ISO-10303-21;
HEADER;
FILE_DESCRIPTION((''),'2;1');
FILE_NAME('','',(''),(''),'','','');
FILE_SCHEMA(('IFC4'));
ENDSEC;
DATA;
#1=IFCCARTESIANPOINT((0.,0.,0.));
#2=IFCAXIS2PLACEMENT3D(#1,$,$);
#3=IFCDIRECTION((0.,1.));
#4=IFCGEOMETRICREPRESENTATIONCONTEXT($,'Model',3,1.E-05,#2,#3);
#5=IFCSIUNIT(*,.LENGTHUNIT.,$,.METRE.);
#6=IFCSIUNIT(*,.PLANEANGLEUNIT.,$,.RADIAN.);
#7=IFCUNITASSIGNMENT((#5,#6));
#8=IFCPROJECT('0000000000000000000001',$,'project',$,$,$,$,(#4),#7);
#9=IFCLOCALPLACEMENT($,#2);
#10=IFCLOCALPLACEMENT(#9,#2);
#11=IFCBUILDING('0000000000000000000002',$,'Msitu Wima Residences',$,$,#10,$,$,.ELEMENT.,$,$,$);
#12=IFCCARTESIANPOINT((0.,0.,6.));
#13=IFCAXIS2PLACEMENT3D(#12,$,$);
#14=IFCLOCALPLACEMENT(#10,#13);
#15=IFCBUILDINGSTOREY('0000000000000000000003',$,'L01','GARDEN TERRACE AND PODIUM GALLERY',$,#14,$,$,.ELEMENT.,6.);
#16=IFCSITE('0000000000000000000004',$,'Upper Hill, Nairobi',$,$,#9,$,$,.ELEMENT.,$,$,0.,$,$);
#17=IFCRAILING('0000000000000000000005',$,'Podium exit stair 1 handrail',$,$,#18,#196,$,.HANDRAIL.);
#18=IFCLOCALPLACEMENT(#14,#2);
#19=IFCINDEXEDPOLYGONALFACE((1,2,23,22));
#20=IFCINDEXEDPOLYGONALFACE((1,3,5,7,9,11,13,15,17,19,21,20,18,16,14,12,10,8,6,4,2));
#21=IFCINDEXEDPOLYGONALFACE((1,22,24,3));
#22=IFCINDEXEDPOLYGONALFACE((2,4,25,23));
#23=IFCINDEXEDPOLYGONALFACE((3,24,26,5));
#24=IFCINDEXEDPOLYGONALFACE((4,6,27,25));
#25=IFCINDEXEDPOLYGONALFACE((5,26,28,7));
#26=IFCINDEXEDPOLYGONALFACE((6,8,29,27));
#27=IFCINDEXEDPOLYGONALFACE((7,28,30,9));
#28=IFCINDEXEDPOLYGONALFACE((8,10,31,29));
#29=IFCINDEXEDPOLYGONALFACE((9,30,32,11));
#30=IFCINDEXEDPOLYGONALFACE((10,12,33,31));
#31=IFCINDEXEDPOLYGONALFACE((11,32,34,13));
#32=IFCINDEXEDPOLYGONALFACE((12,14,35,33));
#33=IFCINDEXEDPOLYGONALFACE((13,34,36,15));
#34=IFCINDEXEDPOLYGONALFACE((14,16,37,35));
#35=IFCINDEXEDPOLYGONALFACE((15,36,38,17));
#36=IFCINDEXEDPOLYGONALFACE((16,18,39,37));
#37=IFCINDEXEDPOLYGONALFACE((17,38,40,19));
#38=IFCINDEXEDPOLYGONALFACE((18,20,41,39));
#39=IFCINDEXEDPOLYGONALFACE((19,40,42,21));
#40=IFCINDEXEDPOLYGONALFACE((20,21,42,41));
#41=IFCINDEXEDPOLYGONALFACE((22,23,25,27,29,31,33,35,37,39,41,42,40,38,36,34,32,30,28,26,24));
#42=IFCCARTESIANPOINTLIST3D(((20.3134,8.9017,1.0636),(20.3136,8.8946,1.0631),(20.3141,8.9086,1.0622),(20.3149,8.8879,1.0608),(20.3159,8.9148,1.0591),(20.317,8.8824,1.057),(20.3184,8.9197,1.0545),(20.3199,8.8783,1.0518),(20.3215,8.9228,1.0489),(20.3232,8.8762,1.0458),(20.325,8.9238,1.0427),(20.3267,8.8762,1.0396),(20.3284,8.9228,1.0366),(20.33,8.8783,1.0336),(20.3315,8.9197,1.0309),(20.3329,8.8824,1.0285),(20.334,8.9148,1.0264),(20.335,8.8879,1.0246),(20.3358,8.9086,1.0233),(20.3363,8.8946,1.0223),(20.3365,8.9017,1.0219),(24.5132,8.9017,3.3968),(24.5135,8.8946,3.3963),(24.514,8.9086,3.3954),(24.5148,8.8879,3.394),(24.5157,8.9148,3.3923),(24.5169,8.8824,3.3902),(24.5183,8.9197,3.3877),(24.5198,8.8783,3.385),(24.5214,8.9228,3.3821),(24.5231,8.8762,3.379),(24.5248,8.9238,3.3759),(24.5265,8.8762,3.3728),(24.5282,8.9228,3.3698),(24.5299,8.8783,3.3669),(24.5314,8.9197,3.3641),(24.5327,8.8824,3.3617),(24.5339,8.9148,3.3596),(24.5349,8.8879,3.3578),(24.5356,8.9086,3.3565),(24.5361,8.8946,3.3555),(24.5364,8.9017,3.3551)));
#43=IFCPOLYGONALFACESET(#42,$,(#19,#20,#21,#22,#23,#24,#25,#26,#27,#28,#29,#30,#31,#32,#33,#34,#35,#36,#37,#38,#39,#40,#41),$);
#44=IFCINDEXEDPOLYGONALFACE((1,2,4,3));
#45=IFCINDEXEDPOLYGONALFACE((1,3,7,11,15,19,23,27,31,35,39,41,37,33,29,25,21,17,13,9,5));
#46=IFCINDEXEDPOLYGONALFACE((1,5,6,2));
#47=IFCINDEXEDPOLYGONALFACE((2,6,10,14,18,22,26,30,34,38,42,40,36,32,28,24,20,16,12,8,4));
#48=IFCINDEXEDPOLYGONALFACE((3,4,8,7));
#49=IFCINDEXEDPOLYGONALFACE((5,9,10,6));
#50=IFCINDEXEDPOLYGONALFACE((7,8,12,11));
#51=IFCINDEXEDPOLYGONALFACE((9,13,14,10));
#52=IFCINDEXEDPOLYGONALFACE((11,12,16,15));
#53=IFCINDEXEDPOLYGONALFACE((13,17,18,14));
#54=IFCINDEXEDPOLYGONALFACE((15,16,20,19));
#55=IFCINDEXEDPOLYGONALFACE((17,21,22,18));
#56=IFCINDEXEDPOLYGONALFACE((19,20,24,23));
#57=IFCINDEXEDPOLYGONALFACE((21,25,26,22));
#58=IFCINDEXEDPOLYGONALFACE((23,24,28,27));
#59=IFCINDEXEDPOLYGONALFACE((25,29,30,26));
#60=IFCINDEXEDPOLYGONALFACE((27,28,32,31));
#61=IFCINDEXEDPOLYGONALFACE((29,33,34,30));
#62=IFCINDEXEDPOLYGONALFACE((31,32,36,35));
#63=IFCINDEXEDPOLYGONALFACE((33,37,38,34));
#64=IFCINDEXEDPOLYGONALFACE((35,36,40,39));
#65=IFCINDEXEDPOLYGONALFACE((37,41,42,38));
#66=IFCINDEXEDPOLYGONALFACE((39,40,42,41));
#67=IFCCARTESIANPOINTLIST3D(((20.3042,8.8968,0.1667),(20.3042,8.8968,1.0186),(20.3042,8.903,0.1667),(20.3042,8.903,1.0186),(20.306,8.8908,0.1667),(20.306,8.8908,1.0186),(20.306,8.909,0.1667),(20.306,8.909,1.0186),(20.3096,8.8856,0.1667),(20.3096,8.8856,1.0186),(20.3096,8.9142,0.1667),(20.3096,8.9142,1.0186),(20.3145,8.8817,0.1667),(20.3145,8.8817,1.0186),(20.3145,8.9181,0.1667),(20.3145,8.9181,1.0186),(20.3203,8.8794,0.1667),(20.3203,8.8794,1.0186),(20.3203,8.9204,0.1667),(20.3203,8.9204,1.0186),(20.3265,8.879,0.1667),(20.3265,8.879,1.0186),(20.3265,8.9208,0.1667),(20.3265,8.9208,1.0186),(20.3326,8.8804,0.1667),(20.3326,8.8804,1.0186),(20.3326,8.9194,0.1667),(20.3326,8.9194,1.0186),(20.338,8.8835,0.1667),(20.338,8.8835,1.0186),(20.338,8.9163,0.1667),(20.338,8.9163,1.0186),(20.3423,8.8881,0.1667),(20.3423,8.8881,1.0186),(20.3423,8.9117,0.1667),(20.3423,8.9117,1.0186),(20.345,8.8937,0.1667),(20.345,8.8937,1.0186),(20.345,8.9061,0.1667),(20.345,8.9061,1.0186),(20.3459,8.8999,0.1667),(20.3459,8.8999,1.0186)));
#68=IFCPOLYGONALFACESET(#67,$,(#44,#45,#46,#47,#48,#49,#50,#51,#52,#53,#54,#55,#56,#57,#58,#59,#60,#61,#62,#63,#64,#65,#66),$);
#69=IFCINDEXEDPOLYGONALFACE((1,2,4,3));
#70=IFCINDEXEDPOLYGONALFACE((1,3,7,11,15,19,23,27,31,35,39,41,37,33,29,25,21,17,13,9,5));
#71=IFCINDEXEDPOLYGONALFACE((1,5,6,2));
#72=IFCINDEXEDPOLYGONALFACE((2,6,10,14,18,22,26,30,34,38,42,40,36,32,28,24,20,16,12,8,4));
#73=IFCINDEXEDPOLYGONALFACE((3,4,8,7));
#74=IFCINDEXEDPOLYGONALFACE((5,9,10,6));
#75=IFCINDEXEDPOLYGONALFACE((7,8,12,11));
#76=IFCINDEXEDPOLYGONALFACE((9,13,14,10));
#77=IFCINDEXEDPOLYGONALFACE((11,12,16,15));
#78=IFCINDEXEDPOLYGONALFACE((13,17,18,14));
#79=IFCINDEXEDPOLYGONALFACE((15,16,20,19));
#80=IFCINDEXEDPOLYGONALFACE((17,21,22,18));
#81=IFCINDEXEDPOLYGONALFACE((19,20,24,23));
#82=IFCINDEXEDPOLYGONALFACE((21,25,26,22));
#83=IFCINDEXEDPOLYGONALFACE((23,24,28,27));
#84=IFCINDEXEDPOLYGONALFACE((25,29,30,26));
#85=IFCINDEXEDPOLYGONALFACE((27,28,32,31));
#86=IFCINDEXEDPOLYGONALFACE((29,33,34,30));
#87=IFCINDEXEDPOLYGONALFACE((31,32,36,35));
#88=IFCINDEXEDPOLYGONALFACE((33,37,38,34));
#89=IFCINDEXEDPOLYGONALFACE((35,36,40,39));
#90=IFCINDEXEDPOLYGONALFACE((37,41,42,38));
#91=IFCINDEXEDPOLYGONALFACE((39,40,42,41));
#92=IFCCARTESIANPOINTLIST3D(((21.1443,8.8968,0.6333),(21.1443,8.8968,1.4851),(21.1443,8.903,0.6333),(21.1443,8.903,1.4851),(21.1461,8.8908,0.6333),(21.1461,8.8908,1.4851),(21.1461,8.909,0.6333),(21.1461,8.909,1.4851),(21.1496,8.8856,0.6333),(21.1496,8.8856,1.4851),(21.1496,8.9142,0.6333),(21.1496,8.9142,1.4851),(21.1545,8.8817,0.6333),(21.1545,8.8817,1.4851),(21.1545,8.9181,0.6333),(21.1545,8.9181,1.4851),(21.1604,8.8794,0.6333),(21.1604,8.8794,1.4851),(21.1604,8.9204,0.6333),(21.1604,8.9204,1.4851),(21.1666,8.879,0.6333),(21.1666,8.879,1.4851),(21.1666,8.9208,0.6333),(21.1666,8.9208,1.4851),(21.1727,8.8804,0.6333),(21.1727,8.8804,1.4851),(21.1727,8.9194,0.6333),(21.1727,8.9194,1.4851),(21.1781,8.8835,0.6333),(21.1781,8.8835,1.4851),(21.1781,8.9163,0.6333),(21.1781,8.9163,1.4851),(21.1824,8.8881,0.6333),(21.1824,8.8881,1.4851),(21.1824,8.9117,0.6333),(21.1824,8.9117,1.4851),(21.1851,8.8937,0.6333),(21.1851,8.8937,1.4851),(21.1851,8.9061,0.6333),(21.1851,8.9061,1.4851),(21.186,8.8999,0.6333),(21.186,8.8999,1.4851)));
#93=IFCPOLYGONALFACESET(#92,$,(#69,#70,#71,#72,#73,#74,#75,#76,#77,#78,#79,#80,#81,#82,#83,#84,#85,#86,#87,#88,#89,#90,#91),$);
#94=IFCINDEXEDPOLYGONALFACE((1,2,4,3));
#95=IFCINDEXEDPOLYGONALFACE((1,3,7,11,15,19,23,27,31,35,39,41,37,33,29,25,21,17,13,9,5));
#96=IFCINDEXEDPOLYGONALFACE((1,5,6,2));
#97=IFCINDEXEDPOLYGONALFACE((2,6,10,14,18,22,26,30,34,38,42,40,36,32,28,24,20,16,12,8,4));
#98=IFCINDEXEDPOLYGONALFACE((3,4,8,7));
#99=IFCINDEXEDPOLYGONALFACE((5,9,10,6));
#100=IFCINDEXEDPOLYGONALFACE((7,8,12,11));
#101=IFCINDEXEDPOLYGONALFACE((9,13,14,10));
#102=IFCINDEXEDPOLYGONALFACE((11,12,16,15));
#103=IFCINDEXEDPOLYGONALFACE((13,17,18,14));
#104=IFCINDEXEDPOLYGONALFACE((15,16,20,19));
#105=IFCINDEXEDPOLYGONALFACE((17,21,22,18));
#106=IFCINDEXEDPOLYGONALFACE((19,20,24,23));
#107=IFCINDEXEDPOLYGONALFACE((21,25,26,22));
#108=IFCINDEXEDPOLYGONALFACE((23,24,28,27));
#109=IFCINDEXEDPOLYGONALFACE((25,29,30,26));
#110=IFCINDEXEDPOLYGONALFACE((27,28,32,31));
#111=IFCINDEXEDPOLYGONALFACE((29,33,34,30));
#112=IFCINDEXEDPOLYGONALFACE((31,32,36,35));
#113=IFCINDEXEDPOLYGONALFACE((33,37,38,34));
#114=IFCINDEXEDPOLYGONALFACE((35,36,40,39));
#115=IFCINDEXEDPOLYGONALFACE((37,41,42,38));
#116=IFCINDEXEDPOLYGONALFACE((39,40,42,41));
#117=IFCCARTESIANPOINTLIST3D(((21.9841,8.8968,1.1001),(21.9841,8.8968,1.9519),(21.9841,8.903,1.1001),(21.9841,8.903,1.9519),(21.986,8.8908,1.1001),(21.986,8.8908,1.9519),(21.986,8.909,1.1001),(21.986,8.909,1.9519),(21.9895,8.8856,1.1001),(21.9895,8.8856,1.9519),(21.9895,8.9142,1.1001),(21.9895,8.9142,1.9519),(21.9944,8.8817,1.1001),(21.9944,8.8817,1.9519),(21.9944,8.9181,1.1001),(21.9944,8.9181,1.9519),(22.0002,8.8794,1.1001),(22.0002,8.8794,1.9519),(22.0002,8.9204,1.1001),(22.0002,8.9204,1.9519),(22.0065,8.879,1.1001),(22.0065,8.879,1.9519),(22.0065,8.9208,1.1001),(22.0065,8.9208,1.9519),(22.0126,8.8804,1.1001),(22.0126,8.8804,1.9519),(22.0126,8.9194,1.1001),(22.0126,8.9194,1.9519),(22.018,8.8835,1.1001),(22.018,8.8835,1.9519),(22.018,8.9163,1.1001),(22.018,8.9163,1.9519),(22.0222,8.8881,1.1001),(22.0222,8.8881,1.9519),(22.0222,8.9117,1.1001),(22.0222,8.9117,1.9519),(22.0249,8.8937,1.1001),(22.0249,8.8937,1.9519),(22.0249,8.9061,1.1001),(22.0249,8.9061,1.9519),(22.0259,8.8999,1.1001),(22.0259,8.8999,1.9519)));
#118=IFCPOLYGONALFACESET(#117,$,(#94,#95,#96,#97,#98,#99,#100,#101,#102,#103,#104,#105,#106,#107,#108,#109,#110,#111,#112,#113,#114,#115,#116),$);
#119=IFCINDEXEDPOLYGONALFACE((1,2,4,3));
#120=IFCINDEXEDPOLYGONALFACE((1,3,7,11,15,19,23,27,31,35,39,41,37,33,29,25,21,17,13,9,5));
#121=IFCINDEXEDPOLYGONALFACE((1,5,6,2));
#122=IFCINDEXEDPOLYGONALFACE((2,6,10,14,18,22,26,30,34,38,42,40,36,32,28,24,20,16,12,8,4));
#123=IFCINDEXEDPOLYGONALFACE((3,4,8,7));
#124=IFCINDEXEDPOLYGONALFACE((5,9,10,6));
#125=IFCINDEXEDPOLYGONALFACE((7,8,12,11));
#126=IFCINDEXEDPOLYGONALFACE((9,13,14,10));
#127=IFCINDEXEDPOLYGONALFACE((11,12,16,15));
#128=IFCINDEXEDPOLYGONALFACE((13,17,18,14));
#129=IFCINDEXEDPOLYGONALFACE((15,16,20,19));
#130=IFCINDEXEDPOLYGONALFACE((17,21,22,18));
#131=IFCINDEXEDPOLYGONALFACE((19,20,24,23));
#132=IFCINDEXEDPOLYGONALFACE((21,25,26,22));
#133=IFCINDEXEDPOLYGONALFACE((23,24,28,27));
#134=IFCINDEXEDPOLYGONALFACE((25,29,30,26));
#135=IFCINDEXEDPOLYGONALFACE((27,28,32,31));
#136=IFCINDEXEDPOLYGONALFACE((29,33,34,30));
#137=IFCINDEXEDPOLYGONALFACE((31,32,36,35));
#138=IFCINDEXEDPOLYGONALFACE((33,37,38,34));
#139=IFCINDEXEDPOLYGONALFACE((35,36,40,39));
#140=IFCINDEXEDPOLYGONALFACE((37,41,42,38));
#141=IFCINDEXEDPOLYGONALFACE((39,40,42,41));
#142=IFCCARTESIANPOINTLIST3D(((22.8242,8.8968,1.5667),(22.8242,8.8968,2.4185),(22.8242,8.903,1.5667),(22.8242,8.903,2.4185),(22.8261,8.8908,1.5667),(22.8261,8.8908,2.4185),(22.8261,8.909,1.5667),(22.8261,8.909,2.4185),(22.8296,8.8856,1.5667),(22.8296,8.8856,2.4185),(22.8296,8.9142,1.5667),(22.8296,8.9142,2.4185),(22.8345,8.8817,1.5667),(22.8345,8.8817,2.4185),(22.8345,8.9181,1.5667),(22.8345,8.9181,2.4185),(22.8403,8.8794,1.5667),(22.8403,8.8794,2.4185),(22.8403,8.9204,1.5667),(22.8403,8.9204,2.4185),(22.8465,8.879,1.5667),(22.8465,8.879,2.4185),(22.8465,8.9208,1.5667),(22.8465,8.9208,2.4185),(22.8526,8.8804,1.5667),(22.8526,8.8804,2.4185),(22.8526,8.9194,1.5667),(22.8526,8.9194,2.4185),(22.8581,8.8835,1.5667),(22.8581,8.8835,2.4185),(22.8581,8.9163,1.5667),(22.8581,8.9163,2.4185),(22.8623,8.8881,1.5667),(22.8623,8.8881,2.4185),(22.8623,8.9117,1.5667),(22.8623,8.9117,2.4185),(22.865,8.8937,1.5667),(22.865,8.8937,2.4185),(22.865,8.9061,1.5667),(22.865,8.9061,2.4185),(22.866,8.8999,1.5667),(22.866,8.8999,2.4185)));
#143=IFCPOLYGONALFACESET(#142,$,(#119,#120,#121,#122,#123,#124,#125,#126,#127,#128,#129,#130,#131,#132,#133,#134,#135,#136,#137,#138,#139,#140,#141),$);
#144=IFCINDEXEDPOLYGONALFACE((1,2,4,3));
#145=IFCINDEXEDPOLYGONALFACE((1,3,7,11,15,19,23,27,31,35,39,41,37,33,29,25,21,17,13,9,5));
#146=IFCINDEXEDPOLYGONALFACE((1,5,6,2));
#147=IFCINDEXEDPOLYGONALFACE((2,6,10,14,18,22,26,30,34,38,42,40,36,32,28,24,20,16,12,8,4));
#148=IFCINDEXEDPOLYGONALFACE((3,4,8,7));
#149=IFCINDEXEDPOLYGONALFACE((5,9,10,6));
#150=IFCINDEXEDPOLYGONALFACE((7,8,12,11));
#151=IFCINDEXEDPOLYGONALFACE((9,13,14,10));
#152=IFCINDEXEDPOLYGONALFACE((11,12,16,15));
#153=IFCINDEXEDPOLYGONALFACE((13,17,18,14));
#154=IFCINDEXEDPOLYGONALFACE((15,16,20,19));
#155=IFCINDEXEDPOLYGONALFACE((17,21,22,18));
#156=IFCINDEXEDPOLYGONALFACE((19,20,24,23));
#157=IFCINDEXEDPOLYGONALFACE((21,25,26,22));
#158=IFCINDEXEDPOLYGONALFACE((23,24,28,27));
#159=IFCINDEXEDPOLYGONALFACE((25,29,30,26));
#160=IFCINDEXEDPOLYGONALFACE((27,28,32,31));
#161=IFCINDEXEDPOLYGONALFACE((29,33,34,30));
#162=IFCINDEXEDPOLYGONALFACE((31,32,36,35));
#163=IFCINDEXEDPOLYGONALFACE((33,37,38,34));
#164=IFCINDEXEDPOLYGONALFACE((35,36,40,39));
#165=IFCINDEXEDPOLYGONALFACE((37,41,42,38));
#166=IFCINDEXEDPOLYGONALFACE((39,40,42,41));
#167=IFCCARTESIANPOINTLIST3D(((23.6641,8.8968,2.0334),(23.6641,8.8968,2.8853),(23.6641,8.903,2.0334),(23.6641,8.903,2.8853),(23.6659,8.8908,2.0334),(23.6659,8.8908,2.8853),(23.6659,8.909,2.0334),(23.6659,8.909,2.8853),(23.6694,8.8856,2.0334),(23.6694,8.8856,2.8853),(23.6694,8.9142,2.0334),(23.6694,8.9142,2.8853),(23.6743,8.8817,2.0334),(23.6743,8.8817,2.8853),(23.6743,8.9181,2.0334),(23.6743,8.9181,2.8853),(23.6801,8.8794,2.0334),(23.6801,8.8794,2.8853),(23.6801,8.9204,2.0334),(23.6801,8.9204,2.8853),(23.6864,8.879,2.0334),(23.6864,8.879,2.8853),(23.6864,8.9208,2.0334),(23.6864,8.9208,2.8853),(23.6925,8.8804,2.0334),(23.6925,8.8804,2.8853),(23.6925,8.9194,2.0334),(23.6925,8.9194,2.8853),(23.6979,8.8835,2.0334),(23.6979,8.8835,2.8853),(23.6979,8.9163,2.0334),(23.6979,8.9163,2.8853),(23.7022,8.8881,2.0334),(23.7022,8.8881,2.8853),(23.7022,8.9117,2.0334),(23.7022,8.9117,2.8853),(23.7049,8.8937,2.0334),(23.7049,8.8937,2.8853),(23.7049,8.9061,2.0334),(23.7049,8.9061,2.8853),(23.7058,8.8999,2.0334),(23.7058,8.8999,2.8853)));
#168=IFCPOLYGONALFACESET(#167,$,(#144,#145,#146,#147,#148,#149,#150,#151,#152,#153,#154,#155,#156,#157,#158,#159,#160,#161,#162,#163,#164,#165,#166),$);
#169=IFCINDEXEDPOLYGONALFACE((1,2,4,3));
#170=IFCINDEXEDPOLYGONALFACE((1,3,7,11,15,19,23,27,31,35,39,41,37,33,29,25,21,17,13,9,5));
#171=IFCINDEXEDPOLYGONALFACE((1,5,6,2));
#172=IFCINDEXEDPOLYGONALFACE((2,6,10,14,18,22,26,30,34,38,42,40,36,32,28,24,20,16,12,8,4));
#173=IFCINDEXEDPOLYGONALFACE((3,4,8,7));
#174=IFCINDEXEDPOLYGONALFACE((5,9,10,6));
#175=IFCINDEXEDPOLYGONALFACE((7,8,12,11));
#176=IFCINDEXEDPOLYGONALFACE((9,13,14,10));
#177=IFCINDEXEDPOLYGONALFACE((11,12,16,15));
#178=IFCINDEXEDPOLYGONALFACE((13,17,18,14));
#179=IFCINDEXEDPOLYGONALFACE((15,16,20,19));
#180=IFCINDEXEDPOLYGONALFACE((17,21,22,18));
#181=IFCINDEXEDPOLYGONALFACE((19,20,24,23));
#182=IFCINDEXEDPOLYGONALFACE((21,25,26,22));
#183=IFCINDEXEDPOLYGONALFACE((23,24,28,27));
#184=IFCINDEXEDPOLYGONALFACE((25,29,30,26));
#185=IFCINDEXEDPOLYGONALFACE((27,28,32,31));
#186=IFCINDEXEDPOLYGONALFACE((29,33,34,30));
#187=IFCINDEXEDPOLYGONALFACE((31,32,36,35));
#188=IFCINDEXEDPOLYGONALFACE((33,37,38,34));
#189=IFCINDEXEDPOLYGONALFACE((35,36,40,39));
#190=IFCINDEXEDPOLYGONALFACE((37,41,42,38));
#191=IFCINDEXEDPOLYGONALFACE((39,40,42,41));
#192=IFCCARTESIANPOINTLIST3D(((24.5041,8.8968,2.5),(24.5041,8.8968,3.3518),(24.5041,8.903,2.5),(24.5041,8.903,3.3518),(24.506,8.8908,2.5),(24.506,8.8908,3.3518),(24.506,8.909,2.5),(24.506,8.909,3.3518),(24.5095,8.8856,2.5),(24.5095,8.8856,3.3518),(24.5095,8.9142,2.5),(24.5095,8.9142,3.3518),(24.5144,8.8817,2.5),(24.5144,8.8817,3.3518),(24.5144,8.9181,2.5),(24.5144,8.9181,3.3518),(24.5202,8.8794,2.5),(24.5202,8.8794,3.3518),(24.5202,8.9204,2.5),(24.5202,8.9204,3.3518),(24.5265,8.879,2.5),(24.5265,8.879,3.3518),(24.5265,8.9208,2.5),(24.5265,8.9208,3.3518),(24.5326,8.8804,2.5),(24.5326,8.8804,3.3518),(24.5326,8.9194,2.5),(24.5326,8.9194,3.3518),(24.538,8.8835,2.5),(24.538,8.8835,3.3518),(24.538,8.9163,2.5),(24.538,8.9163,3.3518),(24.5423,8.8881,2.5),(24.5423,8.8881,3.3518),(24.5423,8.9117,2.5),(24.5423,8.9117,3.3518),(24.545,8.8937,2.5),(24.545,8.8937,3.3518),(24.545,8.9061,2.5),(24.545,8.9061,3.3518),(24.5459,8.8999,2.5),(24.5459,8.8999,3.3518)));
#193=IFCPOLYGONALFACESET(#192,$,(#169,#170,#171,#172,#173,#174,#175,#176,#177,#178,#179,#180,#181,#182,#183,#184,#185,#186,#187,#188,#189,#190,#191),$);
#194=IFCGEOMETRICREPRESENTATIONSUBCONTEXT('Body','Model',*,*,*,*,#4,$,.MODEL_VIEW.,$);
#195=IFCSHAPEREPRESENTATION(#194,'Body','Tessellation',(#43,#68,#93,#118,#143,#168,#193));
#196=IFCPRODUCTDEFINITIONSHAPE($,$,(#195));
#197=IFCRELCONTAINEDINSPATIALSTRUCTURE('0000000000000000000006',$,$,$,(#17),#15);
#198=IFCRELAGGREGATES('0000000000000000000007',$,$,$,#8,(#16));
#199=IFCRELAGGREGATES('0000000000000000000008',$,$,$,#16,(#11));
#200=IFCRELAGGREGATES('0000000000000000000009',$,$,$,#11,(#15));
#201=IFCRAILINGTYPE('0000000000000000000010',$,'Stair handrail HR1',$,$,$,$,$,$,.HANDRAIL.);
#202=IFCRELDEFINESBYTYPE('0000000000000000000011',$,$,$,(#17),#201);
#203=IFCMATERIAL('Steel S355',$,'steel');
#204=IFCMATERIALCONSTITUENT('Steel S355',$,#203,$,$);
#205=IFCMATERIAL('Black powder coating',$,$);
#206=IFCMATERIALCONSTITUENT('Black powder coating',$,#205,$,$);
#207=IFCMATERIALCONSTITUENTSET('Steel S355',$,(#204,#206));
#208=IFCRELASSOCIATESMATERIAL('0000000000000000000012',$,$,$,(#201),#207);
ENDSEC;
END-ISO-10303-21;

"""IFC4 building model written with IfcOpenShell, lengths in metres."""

from ifc_helpers import new_model, si_unit, direction, frame, origin, origin_2d, place, context, subcontext, project, spatial, circle, extrude, material, constituent, constituent_set, type_object, element, save


model = new_model("IFC4")

# Units and contexts
model_context = context("Model", 3, precision=1e-05, world=origin(), true_north=direction((0.0, 1.0)))
body_context = subcontext(model_context, "Body", "Model", "MODEL_VIEW")
ifc_project = project(units=[si_unit("LENGTHUNIT", "METRE"), si_unit("PLANEANGLEUNIT", "RADIAN")], contexts=[model_context])

# Site, building, storey
site_placement = place(None, origin())
site = spatial("IfcSite", under=ifc_project, at=site_placement, Name="Upper Hill, Nairobi", CompositionType="ELEMENT", RefElevation=0.0)
building_placement = place(site_placement, origin())
building = spatial("IfcBuilding", under=site, at=building_placement, Name="Msitu Wima Residences", CompositionType="ELEMENT")
storey_placement = place(building_placement, frame((0.0, 0.0, 6.0)))
storey = spatial("IfcBuildingStorey", under=building, at=storey_placement, Name="L01", Description="GARDEN TERRACE AND PODIUM GALLERY", CompositionType="ELEMENT", Elevation=6.0)

# Railing
ifc_material_1 = material(Name="Steel S355", Category="steel")
ifc_constituent_1 = constituent(ifc_material_1, Name="Steel S355")
ifc_material_2 = material(Name="Black powder coating")
ifc_constituent_2 = constituent(ifc_material_2, Name="Black powder coating")
ifc_constituent_set = constituent_set(constituents=[ifc_constituent_1, ifc_constituent_2], Name="Steel S355")
railing_type = type_object("IfcRailingType", Name="Stair handrail HR1", PredefinedType="HANDRAIL", material=ifc_constituent_set)
for number, where, name in (
    (1, (20.325, 8.8999, 0.1667), "Podium exit stair 1 handrail"),
):
    element("IfcRailing", number, at=place(storey_placement, frame(where)), inside=storey, type_object=railing_type, Name=name, PredefinedType="HANDRAIL", context=body_context, shape_type="SweptSolid", body=[
        extrude(circle(Radius=0.0239, at=origin_2d()), frame((0.0, 0.0, 0.876), z_axis=(0.874162, 0.0, 0.485634), x_axis=(0.0, 1.0, 0.0)), (0.0, 0.0, 1.0), 4.8044),
        extrude(circle(Radius=0.021, at=origin_2d()), origin(), (0.0, 0.0, 1.0), 0.8518),
        extrude(circle(Radius=0.021, at=origin_2d()), frame((0.8401, 0.0, 0.4666)), (0.0, 0.0, 1.0), 0.8518),
        extrude(circle(Radius=0.021, at=origin_2d()), frame((1.6799, 0.0, 0.9333)), (0.0, 0.0, 1.0), 0.8518),
        extrude(circle(Radius=0.021, at=origin_2d()), frame((2.52, 0.0, 1.3999)), (0.0, 0.0, 1.0), 0.8518),
        extrude(circle(Radius=0.021, at=origin_2d()), frame((3.3599, 0.0, 1.8667)), (0.0, 0.0, 1.0), 0.8518),
        extrude(circle(Radius=0.021, at=origin_2d()), frame((4.2, 0.0, 2.3333)), (0.0, 0.0, 1.0), 0.8518),
    ])

save(model, "model.ifc")
